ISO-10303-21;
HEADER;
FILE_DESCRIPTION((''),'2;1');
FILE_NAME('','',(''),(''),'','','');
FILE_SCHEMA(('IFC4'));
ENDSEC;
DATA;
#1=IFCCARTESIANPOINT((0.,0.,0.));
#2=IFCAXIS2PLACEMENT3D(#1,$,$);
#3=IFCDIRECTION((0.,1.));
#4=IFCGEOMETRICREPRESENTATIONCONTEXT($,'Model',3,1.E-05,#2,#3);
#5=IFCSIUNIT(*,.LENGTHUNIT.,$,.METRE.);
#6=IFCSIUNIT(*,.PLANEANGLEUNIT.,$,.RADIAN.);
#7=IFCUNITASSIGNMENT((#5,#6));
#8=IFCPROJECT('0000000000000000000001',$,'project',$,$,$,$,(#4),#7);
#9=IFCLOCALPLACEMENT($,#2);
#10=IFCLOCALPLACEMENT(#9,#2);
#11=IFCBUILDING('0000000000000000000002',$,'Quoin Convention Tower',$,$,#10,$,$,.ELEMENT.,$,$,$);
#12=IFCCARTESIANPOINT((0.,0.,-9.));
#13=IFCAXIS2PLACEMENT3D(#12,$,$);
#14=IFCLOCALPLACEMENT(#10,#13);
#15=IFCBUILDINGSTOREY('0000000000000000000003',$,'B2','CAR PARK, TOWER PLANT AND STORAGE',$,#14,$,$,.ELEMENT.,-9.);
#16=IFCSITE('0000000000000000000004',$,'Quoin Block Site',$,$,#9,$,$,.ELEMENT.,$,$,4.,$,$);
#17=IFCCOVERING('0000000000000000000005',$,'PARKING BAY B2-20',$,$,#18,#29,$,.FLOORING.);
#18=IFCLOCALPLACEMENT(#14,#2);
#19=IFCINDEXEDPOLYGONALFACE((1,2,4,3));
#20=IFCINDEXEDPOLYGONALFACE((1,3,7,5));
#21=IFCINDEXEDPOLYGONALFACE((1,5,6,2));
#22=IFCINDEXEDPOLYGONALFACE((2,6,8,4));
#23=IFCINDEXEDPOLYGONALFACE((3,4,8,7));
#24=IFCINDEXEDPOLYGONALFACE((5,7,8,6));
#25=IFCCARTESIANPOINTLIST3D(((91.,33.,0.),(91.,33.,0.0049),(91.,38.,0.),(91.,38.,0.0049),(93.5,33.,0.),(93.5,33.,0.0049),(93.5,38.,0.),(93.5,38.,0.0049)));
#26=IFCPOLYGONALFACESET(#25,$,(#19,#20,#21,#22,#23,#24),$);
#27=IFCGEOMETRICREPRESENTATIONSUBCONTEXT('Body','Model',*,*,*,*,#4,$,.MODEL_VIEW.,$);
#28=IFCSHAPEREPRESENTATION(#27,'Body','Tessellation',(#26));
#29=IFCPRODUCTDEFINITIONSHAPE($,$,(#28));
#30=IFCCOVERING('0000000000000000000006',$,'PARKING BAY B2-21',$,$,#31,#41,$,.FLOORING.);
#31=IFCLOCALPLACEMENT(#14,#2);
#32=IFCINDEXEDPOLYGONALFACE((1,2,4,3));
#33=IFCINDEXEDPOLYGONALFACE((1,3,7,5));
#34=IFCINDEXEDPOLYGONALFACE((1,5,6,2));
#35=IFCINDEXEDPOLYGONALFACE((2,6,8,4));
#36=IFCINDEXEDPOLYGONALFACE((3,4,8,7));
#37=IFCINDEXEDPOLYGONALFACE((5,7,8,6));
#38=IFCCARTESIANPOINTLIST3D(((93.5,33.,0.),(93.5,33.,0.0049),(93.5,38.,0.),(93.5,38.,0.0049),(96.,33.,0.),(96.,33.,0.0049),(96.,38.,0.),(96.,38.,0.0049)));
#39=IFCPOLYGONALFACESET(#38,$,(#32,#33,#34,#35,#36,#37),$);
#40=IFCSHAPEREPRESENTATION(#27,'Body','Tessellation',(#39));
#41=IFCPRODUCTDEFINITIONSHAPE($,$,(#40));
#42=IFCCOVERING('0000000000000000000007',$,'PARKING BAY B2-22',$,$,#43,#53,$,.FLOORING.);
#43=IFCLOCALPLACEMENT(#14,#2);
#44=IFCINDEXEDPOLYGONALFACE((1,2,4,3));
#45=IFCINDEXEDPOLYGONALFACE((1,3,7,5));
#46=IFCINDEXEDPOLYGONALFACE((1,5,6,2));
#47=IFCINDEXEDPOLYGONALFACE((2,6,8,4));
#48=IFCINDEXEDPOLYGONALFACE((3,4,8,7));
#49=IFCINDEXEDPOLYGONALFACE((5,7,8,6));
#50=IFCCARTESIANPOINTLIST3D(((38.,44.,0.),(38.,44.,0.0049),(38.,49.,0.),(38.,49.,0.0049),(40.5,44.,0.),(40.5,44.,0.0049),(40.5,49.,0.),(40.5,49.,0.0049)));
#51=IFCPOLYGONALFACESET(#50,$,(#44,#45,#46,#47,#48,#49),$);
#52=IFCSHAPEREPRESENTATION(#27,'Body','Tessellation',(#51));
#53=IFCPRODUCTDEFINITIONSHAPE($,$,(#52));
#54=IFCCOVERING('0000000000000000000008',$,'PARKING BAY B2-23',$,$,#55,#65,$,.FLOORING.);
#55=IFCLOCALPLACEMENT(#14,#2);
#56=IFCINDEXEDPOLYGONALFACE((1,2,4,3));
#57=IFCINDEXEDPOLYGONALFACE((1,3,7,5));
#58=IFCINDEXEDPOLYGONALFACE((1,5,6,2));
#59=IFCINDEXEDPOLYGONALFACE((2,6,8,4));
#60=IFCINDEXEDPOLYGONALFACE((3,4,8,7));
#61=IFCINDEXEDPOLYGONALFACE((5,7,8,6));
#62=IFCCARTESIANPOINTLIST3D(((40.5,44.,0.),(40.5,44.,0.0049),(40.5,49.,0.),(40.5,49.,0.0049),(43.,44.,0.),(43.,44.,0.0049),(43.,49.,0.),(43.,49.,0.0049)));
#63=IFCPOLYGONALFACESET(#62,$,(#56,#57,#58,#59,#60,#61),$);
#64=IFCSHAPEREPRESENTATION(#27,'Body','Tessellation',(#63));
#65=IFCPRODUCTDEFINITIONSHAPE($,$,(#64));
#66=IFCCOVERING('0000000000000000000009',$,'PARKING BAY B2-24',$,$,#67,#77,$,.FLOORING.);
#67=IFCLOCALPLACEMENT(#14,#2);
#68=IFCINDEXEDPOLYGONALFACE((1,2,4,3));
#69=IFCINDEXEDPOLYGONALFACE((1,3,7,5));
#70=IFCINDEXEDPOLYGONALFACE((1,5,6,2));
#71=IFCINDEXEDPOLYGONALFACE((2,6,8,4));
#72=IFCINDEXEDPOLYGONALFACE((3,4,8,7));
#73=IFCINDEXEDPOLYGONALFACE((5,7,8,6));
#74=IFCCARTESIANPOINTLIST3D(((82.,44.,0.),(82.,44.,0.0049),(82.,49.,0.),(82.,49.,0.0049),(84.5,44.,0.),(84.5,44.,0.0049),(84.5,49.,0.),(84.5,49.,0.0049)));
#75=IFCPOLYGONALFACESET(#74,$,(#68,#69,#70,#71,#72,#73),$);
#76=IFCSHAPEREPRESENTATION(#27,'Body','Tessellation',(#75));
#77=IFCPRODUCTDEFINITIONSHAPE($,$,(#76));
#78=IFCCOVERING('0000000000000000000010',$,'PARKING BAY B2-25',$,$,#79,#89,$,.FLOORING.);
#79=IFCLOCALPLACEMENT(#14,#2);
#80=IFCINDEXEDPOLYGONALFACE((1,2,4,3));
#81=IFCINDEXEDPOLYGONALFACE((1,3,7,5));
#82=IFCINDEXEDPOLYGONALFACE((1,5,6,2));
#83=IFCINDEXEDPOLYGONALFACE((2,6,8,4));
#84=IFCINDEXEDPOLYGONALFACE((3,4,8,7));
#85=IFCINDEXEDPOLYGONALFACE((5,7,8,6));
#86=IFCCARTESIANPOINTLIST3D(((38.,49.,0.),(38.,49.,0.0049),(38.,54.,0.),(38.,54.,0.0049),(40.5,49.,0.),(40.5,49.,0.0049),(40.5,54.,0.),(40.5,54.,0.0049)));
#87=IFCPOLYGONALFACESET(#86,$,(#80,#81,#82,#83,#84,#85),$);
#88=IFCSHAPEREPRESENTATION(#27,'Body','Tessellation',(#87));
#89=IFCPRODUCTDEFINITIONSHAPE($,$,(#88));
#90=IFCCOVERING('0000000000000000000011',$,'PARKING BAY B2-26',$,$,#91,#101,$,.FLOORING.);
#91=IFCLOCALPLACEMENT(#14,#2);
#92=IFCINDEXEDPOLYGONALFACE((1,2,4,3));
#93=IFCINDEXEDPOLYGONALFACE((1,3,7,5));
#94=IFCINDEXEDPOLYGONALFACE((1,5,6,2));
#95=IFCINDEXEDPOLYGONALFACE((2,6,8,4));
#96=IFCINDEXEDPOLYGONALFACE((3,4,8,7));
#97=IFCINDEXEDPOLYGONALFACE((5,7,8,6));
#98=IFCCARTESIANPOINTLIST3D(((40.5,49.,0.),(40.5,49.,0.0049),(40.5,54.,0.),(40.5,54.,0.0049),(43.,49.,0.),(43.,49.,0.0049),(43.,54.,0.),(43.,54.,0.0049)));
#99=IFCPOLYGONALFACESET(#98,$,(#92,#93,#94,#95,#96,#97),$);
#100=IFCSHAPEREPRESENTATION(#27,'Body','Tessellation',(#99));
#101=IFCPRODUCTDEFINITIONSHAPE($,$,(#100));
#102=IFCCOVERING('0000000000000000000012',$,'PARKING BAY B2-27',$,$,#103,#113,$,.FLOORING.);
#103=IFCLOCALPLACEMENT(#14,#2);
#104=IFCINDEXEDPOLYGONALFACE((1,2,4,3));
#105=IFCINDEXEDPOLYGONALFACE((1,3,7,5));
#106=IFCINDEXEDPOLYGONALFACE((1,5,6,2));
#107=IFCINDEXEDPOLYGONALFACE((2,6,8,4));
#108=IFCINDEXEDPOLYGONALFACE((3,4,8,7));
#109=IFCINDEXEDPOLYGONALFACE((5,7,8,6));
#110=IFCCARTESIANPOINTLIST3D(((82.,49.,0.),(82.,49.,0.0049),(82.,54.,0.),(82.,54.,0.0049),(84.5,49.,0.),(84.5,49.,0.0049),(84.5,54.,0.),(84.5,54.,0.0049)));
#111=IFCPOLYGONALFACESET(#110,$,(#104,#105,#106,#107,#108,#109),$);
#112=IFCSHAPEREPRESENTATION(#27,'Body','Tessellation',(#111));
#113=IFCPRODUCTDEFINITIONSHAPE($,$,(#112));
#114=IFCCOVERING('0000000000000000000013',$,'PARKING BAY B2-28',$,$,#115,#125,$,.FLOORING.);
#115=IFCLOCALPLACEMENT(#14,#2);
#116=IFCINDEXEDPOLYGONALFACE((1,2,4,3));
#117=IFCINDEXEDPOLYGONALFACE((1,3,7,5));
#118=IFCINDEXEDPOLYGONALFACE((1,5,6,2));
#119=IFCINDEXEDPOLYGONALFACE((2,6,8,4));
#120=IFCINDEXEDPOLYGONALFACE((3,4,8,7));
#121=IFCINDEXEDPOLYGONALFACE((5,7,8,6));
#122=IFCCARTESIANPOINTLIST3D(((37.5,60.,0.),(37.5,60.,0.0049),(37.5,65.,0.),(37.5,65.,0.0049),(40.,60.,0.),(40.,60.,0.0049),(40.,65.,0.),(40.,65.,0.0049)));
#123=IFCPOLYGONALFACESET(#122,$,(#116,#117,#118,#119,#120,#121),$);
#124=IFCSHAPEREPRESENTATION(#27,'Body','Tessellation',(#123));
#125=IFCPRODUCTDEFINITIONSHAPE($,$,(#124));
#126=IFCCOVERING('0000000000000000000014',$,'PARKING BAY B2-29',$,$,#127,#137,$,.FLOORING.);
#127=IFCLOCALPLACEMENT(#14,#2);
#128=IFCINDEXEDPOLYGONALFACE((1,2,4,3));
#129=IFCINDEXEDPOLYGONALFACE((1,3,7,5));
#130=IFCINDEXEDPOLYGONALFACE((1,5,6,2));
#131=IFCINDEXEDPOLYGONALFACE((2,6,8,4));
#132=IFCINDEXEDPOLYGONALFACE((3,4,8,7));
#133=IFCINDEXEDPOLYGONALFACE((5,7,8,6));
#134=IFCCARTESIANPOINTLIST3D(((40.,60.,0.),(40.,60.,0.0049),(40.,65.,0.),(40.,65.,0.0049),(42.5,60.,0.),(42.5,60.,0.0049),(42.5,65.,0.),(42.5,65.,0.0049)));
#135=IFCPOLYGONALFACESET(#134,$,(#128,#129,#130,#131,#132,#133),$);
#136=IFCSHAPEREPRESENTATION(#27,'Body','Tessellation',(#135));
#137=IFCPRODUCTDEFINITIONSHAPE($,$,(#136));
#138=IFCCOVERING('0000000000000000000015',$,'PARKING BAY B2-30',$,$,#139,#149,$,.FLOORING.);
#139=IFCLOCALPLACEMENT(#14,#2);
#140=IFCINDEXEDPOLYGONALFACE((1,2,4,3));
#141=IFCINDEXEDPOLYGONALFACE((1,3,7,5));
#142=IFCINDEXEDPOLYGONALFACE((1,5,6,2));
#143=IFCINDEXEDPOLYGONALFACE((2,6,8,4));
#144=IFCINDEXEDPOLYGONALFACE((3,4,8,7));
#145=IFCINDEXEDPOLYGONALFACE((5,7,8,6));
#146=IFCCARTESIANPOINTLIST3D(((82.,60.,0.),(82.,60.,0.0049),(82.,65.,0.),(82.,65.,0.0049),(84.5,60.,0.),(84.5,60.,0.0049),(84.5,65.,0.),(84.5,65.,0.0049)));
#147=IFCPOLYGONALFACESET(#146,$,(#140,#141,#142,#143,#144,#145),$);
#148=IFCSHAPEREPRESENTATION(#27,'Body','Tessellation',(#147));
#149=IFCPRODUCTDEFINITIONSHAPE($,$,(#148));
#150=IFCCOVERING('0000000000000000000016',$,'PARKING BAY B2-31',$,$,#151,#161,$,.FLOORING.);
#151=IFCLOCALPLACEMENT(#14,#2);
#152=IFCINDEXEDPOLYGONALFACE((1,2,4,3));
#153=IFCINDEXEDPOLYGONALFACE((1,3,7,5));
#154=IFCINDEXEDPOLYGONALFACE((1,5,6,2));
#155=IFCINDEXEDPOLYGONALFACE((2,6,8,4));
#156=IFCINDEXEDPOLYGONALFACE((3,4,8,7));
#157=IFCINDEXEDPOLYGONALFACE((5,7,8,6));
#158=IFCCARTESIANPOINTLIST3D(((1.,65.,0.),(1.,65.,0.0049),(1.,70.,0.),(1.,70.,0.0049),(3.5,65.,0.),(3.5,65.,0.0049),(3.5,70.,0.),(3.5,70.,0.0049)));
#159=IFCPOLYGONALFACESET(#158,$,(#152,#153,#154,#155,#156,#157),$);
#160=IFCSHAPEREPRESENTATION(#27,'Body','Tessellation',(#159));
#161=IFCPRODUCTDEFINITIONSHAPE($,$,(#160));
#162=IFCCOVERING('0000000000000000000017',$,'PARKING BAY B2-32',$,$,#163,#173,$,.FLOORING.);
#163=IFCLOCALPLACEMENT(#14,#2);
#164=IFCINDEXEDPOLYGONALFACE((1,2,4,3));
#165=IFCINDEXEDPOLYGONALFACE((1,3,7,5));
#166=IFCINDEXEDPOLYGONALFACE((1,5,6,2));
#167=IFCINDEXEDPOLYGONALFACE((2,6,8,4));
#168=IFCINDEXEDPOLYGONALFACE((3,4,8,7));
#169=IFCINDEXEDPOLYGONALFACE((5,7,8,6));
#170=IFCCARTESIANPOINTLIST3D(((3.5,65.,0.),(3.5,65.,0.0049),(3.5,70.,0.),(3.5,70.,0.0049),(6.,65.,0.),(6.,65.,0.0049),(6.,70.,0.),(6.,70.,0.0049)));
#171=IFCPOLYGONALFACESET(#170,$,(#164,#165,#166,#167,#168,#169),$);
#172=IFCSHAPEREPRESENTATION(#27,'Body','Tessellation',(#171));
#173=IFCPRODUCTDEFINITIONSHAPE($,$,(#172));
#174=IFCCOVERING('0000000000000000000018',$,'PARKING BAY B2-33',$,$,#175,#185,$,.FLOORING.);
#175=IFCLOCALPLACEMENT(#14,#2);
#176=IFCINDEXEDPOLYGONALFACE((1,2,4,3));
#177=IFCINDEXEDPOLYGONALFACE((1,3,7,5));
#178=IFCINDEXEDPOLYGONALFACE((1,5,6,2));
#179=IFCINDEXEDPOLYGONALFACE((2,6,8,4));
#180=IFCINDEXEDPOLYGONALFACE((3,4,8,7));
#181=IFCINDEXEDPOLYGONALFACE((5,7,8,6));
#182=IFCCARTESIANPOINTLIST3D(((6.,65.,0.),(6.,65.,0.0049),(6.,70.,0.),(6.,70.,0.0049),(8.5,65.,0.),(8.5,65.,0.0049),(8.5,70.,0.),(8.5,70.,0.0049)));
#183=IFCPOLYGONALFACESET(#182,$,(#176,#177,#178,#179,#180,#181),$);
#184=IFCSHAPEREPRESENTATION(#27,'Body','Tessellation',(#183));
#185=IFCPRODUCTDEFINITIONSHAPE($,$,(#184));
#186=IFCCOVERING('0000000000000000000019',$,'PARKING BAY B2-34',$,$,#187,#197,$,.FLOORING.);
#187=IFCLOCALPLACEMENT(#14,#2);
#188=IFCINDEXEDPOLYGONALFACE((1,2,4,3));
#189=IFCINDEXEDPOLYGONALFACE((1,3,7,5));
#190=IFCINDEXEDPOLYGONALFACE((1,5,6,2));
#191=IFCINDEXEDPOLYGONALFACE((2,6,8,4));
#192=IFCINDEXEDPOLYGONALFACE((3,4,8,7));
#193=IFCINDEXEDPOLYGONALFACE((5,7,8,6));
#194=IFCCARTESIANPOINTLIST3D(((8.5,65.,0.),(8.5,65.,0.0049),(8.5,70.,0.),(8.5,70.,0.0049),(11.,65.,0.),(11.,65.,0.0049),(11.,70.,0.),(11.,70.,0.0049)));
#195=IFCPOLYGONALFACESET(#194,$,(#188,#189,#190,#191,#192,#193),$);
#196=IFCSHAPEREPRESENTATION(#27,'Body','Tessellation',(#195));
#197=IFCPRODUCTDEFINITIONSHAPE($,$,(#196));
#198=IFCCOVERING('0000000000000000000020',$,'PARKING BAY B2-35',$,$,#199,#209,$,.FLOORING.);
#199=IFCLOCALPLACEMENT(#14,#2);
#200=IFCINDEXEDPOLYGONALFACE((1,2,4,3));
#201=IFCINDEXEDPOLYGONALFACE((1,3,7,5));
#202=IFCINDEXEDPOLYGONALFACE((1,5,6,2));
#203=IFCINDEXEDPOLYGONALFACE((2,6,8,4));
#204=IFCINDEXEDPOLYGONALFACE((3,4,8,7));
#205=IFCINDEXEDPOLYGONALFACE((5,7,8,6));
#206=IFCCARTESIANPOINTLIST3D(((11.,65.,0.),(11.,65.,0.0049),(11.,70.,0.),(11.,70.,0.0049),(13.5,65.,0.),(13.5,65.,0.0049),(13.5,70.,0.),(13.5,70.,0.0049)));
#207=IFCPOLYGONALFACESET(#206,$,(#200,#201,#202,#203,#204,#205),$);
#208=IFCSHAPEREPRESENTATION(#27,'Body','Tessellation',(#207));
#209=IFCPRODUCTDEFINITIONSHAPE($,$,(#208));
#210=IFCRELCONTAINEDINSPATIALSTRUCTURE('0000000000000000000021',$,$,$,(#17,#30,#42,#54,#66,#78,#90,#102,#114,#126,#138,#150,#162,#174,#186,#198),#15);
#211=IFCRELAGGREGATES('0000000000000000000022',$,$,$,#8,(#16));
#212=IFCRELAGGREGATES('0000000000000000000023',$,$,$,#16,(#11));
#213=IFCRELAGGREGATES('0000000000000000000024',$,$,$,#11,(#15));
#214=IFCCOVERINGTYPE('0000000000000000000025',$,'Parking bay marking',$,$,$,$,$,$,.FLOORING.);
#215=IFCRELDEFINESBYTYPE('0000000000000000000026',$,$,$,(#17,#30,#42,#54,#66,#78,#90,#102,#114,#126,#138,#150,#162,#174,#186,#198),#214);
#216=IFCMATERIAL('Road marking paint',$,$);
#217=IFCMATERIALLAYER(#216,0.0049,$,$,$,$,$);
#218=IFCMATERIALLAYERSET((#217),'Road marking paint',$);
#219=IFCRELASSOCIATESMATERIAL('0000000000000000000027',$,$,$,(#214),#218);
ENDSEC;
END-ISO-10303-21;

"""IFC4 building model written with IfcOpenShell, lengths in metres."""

from ifc_helpers import new_model, si_unit, direction, frame, origin, place, context, subcontext, project, spatial, polyline, outline, extrude, material, layer, layer_set, type_object, element, save


model = new_model("IFC4")

# Units and contexts
model_context = context("Model", 3, precision=1e-05, world=origin(), true_north=direction((0.0, 1.0)))
body_context = subcontext(model_context, "Body", "Model", "MODEL_VIEW")
ifc_project = project(units=[si_unit("LENGTHUNIT", "METRE"), si_unit("PLANEANGLEUNIT", "RADIAN")], contexts=[model_context])

# Site, building, storey
site_placement = place(None, origin())
site = spatial("IfcSite", under=ifc_project, at=site_placement, Name="Quoin Block Site", CompositionType="ELEMENT", RefElevation=4.0)
building_placement = place(site_placement, origin())
building = spatial("IfcBuilding", under=site, at=building_placement, Name="Quoin Convention Tower", CompositionType="ELEMENT")
storey_placement = place(building_placement, frame((0.0, 0.0, -9.0)))
storey = spatial("IfcBuildingStorey", under=building, at=storey_placement, Name="B2", Description="CAR PARK, TOWER PLANT AND STORAGE", CompositionType="ELEMENT", Elevation=-9.0)

# Coverings
ifc_material = material(Name="Road marking paint")
ifc_layer = layer(ifc_material, 0.0049)
ifc_layer_set = layer_set([ifc_layer], Name="Road marking paint")
covering_type = type_object("IfcCoveringType", Name="Parking bay marking", PredefinedType="FLOORING", material=ifc_layer_set)
covering_1_placement = place(storey_placement, origin())
element("IfcCovering", 1, at=covering_1_placement, inside=storey, type_object=covering_type, Name="PARKING BAY B2-20", PredefinedType="FLOORING", context=body_context, shape_type="SweptSolid", body=[
    extrude(outline(polyline([(91.0, 33.0), (93.5, 33.0), (93.5, 38.0), (91.0, 38.0), (91.0, 33.0)])), origin(), (0.0, 0.0, 1.0), 0.0049),
])
covering_2_placement = place(storey_placement, origin())
element("IfcCovering", 2, at=covering_2_placement, inside=storey, type_object=covering_type, Name="PARKING BAY B2-21", PredefinedType="FLOORING", context=body_context, shape_type="SweptSolid", body=[
    extrude(outline(polyline([(93.5, 33.0), (96.0, 33.0), (96.0, 38.0), (93.5, 38.0), (93.5, 33.0)])), origin(), (0.0, 0.0, 1.0), 0.0049),
])
covering_3_placement = place(storey_placement, origin())
element("IfcCovering", 3, at=covering_3_placement, inside=storey, type_object=covering_type, Name="PARKING BAY B2-22", PredefinedType="FLOORING", context=body_context, shape_type="SweptSolid", body=[
    extrude(outline(polyline([(38.0, 44.0), (40.5, 44.0), (40.5, 49.0), (38.0, 49.0), (38.0, 44.0)])), origin(), (0.0, 0.0, 1.0), 0.0049),
])
covering_4_placement = place(storey_placement, origin())
element("IfcCovering", 4, at=covering_4_placement, inside=storey, type_object=covering_type, Name="PARKING BAY B2-23", PredefinedType="FLOORING", context=body_context, shape_type="SweptSolid", body=[
    extrude(outline(polyline([(40.5, 44.0), (43.0, 44.0), (43.0, 49.0), (40.5, 49.0), (40.5, 44.0)])), origin(), (0.0, 0.0, 1.0), 0.0049),
])
covering_5_placement = place(storey_placement, origin())
element("IfcCovering", 5, at=covering_5_placement, inside=storey, type_object=covering_type, Name="PARKING BAY B2-24", PredefinedType="FLOORING", context=body_context, shape_type="SweptSolid", body=[
    extrude(outline(polyline([(82.0, 44.0), (84.5, 44.0), (84.5, 49.0), (82.0, 49.0), (82.0, 44.0)])), origin(), (0.0, 0.0, 1.0), 0.0049),
])
covering_6_placement = place(storey_placement, origin())
element("IfcCovering", 6, at=covering_6_placement, inside=storey, type_object=covering_type, Name="PARKING BAY B2-25", PredefinedType="FLOORING", context=body_context, shape_type="SweptSolid", body=[
    extrude(outline(polyline([(38.0, 49.0), (40.5, 49.0), (40.5, 54.0), (38.0, 54.0), (38.0, 49.0)])), origin(), (0.0, 0.0, 1.0), 0.0049),
])
covering_7_placement = place(storey_placement, origin())
element("IfcCovering", 7, at=covering_7_placement, inside=storey, type_object=covering_type, Name="PARKING BAY B2-26", PredefinedType="FLOORING", context=body_context, shape_type="SweptSolid", body=[
    extrude(outline(polyline([(40.5, 49.0), (43.0, 49.0), (43.0, 54.0), (40.5, 54.0), (40.5, 49.0)])), origin(), (0.0, 0.0, 1.0), 0.0049),
])
covering_8_placement = place(storey_placement, origin())
element("IfcCovering", 8, at=covering_8_placement, inside=storey, type_object=covering_type, Name="PARKING BAY B2-27", PredefinedType="FLOORING", context=body_context, shape_type="SweptSolid", body=[
    extrude(outline(polyline([(82.0, 49.0), (84.5, 49.0), (84.5, 54.0), (82.0, 54.0), (82.0, 49.0)])), origin(), (0.0, 0.0, 1.0), 0.0049),
])
covering_9_placement = place(storey_placement, origin())
element("IfcCovering", 9, at=covering_9_placement, inside=storey, type_object=covering_type, Name="PARKING BAY B2-28", PredefinedType="FLOORING", context=body_context, shape_type="SweptSolid", body=[
    extrude(outline(polyline([(37.5, 60.0), (40.0, 60.0), (40.0, 65.0), (37.5, 65.0), (37.5, 60.0)])), origin(), (0.0, 0.0, 1.0), 0.0049),
])
covering_10_placement = place(storey_placement, origin())
element("IfcCovering", 10, at=covering_10_placement, inside=storey, type_object=covering_type, Name="PARKING BAY B2-29", PredefinedType="FLOORING", context=body_context, shape_type="SweptSolid", body=[
    extrude(outline(polyline([(40.0, 60.0), (42.5, 60.0), (42.5, 65.0), (40.0, 65.0), (40.0, 60.0)])), origin(), (0.0, 0.0, 1.0), 0.0049),
])
covering_11_placement = place(storey_placement, origin())
element("IfcCovering", 11, at=covering_11_placement, inside=storey, type_object=covering_type, Name="PARKING BAY B2-30", PredefinedType="FLOORING", context=body_context, shape_type="SweptSolid", body=[
    extrude(outline(polyline([(82.0, 60.0), (84.5, 60.0), (84.5, 65.0), (82.0, 65.0), (82.0, 60.0)])), origin(), (0.0, 0.0, 1.0), 0.0049),
])
covering_12_placement = place(storey_placement, origin())
element("IfcCovering", 12, at=covering_12_placement, inside=storey, type_object=covering_type, Name="PARKING BAY B2-31", PredefinedType="FLOORING", context=body_context, shape_type="SweptSolid", body=[
    extrude(outline(polyline([(1.0, 65.0), (3.5, 65.0), (3.5, 70.0), (1.0, 70.0), (1.0, 65.0)])), origin(), (0.0, 0.0, 1.0), 0.0049),
])
covering_13_placement = place(storey_placement, origin())
element("IfcCovering", 13, at=covering_13_placement, inside=storey, type_object=covering_type, Name="PARKING BAY B2-32", PredefinedType="FLOORING", context=body_context, shape_type="SweptSolid", body=[
    extrude(outline(polyline([(3.5, 65.0), (6.0, 65.0), (6.0, 70.0), (3.5, 70.0), (3.5, 65.0)])), origin(), (0.0, 0.0, 1.0), 0.0049),
])
covering_14_placement = place(storey_placement, origin())
element("IfcCovering", 14, at=covering_14_placement, inside=storey, type_object=covering_type, Name="PARKING BAY B2-33", PredefinedType="FLOORING", context=body_context, shape_type="SweptSolid", body=[
    extrude(outline(polyline([(6.0, 65.0), (8.5, 65.0), (8.5, 70.0), (6.0, 70.0), (6.0, 65.0)])), origin(), (0.0, 0.0, 1.0), 0.0049),
])
covering_15_placement = place(storey_placement, origin())
element("IfcCovering", 15, at=covering_15_placement, inside=storey, type_object=covering_type, Name="PARKING BAY B2-34", PredefinedType="FLOORING", context=body_context, shape_type="SweptSolid", body=[
    extrude(outline(polyline([(8.5, 65.0), (11.0, 65.0), (11.0, 70.0), (8.5, 70.0), (8.5, 65.0)])), origin(), (0.0, 0.0, 1.0), 0.0049),
])
covering_16_placement = place(storey_placement, origin())
element("IfcCovering", 16, at=covering_16_placement, inside=storey, type_object=covering_type, Name="PARKING BAY B2-35", PredefinedType="FLOORING", context=body_context, shape_type="SweptSolid", body=[
    extrude(outline(polyline([(11.0, 65.0), (13.5, 65.0), (13.5, 70.0), (11.0, 70.0), (11.0, 65.0)])), origin(), (0.0, 0.0, 1.0), 0.0049),
])

save(model, "model.ifc")
